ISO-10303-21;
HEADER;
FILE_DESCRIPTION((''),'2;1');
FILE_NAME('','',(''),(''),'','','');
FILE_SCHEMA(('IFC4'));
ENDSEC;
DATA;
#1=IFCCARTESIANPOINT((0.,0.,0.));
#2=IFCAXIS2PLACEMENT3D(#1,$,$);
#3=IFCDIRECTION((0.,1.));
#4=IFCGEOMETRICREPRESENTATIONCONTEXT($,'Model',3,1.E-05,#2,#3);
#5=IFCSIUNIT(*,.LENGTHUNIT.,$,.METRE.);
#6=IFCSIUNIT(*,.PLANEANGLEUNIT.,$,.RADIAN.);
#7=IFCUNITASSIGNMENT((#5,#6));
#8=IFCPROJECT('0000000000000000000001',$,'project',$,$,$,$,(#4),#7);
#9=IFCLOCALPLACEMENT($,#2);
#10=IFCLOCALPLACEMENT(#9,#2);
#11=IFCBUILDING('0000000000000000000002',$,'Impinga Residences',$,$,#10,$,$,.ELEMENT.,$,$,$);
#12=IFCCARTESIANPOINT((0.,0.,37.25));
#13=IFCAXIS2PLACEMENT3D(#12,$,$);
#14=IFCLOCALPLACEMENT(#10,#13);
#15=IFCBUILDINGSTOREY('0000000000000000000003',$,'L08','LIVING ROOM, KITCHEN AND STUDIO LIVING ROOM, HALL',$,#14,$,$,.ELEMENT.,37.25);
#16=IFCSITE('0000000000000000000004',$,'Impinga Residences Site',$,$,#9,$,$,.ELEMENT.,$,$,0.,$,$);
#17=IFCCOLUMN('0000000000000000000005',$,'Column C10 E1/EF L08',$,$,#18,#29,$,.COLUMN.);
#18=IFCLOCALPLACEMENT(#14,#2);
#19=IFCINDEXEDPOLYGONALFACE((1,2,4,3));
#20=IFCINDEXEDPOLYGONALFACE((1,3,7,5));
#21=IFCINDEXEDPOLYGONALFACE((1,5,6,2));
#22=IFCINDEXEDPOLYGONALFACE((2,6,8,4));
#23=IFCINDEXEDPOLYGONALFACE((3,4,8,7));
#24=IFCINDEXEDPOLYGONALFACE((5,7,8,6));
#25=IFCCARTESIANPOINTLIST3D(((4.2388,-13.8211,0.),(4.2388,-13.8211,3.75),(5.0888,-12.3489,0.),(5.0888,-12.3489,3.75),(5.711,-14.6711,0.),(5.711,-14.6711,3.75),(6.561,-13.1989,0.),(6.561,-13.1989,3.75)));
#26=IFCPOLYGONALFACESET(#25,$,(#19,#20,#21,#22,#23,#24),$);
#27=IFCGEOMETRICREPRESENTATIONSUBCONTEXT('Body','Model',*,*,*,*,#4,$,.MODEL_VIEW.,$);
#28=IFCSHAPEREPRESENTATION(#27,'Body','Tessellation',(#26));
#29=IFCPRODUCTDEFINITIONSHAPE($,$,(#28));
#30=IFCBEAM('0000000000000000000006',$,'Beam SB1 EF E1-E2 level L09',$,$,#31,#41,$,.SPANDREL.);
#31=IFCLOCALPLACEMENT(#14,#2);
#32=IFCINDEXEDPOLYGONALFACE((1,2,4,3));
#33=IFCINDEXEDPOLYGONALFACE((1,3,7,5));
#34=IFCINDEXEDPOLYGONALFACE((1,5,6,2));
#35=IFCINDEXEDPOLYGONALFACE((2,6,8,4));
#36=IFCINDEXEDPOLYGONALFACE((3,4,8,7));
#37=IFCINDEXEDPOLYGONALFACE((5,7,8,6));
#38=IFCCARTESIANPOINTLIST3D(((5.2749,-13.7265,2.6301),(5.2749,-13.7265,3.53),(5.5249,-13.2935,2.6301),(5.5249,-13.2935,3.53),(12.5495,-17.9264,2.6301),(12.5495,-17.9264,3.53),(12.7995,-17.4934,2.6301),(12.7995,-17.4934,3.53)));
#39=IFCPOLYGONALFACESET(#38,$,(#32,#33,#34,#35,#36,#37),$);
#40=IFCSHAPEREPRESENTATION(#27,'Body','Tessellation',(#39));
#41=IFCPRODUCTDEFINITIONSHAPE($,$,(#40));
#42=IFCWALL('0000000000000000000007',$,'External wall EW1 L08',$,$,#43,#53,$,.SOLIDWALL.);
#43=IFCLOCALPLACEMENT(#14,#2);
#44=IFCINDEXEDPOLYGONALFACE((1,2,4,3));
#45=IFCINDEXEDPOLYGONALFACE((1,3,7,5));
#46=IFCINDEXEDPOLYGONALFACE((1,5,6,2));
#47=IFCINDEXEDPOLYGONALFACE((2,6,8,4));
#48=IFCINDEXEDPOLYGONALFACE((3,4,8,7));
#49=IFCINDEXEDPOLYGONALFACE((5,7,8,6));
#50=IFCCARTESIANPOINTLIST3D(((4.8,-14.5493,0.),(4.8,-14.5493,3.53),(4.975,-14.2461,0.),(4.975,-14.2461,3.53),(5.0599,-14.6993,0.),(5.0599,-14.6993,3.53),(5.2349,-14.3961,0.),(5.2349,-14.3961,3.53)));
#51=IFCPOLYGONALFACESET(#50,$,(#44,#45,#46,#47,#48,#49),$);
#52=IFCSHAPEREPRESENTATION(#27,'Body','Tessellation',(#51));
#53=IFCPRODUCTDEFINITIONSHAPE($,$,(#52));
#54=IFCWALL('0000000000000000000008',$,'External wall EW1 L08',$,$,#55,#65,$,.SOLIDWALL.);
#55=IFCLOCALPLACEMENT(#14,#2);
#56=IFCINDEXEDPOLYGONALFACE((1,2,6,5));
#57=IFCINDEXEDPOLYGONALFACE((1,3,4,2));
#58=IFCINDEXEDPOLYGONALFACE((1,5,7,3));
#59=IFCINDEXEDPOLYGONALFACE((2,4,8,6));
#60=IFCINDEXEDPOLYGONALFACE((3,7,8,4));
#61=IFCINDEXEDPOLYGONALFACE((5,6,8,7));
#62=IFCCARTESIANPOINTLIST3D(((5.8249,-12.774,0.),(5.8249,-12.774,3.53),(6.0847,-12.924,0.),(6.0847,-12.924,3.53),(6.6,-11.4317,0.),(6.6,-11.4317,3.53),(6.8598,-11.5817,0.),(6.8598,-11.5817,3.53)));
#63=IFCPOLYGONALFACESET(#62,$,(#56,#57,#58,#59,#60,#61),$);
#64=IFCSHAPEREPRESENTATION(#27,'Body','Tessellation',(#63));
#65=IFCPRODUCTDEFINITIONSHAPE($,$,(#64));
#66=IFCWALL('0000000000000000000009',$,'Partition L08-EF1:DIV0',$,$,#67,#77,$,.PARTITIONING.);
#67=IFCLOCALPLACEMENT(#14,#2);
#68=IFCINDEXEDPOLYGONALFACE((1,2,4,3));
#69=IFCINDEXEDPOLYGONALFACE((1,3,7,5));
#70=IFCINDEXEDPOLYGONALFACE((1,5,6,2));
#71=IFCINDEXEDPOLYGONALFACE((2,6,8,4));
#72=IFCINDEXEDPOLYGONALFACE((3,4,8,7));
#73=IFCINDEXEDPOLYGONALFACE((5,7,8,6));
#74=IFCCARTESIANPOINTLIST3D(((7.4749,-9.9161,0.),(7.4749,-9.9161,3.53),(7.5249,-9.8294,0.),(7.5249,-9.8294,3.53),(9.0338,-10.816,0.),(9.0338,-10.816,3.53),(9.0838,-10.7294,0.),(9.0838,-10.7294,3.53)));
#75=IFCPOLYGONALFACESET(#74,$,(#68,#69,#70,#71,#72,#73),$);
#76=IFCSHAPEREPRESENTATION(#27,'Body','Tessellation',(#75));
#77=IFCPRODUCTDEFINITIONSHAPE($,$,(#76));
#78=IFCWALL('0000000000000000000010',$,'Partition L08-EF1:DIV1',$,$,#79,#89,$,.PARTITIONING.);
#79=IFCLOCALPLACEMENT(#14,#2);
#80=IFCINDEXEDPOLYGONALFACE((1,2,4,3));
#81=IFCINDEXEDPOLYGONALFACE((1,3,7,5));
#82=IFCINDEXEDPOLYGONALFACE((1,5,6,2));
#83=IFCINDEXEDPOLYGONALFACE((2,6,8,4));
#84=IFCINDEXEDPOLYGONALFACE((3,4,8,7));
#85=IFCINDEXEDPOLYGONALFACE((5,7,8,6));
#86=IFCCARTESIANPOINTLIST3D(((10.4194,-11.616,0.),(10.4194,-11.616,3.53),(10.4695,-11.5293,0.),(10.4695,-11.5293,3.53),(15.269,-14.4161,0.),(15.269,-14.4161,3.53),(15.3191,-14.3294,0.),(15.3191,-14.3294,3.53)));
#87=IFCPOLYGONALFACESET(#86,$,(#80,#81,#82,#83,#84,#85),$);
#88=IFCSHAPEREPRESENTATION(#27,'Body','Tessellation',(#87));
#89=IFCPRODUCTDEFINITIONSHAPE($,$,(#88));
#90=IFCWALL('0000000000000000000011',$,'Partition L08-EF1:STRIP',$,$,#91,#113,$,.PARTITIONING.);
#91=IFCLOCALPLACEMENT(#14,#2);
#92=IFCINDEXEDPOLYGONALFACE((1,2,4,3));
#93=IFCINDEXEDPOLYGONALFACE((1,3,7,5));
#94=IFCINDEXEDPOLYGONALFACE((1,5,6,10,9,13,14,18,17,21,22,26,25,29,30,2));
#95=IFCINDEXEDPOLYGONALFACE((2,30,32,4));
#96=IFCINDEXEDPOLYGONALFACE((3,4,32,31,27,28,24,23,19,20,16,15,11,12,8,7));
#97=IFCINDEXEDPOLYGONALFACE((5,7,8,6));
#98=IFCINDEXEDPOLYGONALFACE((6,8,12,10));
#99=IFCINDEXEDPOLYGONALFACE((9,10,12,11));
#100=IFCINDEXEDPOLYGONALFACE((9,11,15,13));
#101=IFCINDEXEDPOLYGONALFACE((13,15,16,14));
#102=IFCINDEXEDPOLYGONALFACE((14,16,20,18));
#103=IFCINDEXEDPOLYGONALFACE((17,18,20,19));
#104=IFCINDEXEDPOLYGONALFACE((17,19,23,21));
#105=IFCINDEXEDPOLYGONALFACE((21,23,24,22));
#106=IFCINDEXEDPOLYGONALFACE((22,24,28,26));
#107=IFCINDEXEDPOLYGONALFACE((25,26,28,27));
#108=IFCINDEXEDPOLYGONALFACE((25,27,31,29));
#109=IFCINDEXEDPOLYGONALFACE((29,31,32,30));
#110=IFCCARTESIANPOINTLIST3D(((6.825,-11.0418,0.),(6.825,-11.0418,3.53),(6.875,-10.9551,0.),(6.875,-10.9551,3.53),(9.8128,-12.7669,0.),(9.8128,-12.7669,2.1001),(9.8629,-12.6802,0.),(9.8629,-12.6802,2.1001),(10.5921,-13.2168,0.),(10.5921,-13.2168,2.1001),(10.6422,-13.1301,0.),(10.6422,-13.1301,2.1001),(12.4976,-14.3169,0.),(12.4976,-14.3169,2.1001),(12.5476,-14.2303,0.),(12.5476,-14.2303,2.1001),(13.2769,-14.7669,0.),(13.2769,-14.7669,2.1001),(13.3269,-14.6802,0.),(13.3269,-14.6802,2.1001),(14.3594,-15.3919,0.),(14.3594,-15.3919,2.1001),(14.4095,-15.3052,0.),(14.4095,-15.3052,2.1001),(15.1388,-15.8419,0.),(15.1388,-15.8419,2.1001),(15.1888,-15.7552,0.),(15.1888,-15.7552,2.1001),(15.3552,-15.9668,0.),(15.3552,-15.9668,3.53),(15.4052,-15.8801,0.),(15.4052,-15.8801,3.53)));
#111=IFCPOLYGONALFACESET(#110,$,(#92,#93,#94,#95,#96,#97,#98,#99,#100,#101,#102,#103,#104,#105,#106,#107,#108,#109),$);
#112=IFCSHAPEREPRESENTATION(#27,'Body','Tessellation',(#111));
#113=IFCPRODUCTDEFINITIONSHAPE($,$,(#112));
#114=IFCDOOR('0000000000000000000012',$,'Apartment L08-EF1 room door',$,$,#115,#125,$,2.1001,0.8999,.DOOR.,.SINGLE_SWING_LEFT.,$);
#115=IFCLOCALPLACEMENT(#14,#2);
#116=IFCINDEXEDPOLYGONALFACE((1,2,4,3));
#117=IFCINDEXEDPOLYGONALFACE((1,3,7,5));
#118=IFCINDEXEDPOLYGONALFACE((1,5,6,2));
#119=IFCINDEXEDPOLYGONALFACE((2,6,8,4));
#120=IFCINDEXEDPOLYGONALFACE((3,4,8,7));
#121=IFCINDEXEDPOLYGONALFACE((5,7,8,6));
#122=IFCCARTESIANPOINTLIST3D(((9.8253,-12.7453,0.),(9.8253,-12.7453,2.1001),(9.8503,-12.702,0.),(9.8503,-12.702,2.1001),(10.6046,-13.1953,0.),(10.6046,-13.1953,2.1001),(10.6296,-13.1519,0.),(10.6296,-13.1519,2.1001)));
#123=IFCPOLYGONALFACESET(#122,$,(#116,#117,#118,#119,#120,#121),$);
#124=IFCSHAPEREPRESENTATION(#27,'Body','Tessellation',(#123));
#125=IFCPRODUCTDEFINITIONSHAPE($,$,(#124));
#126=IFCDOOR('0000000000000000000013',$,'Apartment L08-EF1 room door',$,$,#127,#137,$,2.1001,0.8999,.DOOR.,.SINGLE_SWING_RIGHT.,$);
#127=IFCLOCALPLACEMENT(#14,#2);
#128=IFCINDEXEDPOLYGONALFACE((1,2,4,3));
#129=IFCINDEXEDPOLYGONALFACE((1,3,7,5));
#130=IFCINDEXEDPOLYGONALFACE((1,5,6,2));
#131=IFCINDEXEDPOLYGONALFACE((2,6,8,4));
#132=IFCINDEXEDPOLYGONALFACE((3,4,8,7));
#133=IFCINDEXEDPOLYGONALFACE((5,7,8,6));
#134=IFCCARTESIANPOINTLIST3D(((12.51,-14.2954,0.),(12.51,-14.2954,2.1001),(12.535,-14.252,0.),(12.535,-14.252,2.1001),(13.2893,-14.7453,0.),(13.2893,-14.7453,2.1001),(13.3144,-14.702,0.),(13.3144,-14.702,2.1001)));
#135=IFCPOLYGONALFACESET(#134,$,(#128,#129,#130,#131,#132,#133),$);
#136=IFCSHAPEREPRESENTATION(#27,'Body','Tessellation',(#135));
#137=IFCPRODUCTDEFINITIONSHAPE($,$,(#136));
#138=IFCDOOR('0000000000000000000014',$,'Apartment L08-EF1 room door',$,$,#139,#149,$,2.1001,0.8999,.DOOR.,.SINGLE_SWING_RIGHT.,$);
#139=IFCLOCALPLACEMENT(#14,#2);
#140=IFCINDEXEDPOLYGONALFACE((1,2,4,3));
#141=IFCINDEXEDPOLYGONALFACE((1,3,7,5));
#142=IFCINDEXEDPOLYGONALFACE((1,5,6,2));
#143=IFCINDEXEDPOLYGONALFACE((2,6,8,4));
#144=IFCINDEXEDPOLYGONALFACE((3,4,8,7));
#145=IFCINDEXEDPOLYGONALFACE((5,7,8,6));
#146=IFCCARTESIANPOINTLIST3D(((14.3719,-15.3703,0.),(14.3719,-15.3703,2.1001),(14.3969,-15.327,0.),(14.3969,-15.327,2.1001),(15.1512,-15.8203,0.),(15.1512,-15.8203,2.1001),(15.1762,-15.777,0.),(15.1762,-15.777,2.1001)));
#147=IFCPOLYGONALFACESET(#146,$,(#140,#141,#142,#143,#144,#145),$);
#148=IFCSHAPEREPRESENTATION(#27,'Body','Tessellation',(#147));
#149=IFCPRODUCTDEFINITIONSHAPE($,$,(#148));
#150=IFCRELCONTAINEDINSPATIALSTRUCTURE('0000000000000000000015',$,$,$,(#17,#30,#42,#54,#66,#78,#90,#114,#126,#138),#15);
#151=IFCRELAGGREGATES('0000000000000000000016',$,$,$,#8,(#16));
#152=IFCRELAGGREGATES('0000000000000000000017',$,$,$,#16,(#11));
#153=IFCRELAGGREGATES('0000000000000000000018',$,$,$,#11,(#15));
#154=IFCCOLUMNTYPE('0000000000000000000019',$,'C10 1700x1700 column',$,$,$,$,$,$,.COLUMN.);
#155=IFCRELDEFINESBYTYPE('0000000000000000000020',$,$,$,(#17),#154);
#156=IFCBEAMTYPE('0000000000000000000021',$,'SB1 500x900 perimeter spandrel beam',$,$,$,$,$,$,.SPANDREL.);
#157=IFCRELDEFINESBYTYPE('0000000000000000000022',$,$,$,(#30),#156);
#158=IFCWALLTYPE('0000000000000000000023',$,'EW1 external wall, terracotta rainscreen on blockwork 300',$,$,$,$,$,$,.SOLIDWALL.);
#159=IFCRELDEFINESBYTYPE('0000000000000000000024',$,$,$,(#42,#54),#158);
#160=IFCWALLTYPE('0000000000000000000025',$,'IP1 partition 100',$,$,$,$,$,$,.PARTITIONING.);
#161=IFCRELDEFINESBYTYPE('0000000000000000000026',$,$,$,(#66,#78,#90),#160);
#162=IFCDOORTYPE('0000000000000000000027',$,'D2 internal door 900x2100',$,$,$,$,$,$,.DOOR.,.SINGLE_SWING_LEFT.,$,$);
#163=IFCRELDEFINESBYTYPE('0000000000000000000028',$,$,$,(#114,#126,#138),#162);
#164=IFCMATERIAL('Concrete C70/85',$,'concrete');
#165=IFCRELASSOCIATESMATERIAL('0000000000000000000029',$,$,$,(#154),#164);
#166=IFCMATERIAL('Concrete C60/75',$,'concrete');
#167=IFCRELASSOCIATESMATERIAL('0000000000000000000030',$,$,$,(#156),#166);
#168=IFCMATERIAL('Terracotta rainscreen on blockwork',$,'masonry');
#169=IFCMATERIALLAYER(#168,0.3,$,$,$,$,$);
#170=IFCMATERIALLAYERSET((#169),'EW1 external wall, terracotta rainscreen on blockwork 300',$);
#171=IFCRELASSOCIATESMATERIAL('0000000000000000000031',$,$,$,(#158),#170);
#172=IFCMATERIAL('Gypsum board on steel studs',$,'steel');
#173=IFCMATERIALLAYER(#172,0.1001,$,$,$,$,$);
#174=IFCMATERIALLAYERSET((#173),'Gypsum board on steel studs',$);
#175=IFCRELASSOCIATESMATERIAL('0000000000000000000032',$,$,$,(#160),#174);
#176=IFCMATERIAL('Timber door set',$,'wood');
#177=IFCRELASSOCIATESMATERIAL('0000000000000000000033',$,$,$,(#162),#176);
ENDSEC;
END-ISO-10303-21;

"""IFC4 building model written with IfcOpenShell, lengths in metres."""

from ifc_helpers import new_model, si_unit, direction, frame, frame_2d, origin, origin_2d, place, context, subcontext, project, spatial, rectangle, extrude, material, layer, layer_set, material_profile, profile_set, type_object, element, fill, save


model = new_model("IFC4")

# Units and contexts
model_context = context("Model", 3, precision=1e-05, world=origin(), true_north=direction((0.0, 1.0)))
body_context = subcontext(model_context, "Body", "Model", "MODEL_VIEW")
ifc_project = project(units=[si_unit("LENGTHUNIT", "METRE"), si_unit("PLANEANGLEUNIT", "RADIAN")], contexts=[model_context])

# Site, building, storey
site_placement = place(None, origin())
site = spatial("IfcSite", under=ifc_project, at=site_placement, Name="Impinga Residences Site", CompositionType="ELEMENT", RefElevation=0.0)
building_placement = place(site_placement, origin())
building = spatial("IfcBuilding", under=site, at=building_placement, Name="Impinga Residences", CompositionType="ELEMENT")
storey_placement = place(building_placement, frame((0.0, 0.0, 37.25)))
storey = spatial("IfcBuildingStorey", under=building, at=storey_placement, Name="L08", Description="LIVING ROOM, KITCHEN AND STUDIO LIVING ROOM, HALL", CompositionType="ELEMENT", Elevation=37.25)

# Column
ifc_material_1 = material(Name="Concrete C70/85", Category="concrete")
ifc_material_profile_1 = material_profile(ifc_material_1, rectangle(XDim=1.7, YDim=1.7, at=origin_2d()), Name="RC 1700x1700")
ifc_profile_set_1 = profile_set([ifc_material_profile_1], Name="Concrete C70/85")
column_type = type_object("IfcColumnType", Name="C10 1700x1700 column", PredefinedType="COLUMN", material=ifc_profile_set_1)
column_placement = place(storey_placement, frame((5.3999, -13.51, 0.0), z_axis=(0.0, 0.0, 1.0), x_axis=(-0.5, -0.866025, 0.0)))
element("IfcColumn", 1, at=column_placement, inside=storey, type_object=column_type, Name="Column C10 E1/EF L08", PredefinedType="COLUMN", context=body_context, shape_type="SweptSolid", body=[
    extrude(rectangle(XDim=1.7, YDim=1.7, at=origin_2d()), origin(), (0.0, 0.0, 1.0), 3.75),
])

# Beam
ifc_material_2 = material(Name="Concrete C60/75", Category="concrete")
ifc_material_profile_2 = material_profile(ifc_material_2, rectangle(XDim=0.5, YDim=0.8999, at=origin_2d()), Name="RC 500x900")
ifc_profile_set_2 = profile_set([ifc_material_profile_2], Name="Concrete C60/75")
beam_type = type_object("IfcBeamType", Name="SB1 500x900 perimeter spandrel beam", PredefinedType="SPANDREL", material=ifc_profile_set_2)
beam_placement = place(storey_placement, frame((5.3999, -13.51, 3.0801), z_axis=(0.866029, -0.499993, 0.0), x_axis=(0.499993, 0.866029, 0.0)))
element("IfcBeam", 2, at=beam_placement, inside=storey, type_object=beam_type, Name="Beam SB1 EF E1-E2 level L09", PredefinedType="SPANDREL", context=body_context, shape_type="SweptSolid", body=[
    extrude(rectangle(XDim=0.5, YDim=0.8999, at=origin_2d()), origin(), (0.0, 0.0, 1.0), 8.3999),
])

# Walls
ifc_material_3 = material(Name="Terracotta rainscreen on blockwork", Category="masonry")
ifc_layer_1 = layer(ifc_material_3, 0.3)
ifc_layer_set_1 = layer_set([ifc_layer_1], Name="EW1 external wall, terracotta rainscreen on blockwork 300")
wall_type_1 = type_object("IfcWallType", Name="EW1 external wall, terracotta rainscreen on blockwork 300", PredefinedType="SOLIDWALL", material=ifc_layer_set_1)
wall_1_placement = place(storey_placement, frame((4.9299, -14.6243, 0.0), z_axis=(0.0, 0.0, 1.0), x_axis=(0.499964, 0.866046, 0.0)))
element("IfcWall", 3, at=wall_1_placement, inside=storey, type_object=wall_type_1, Name="External wall EW1 L08", PredefinedType="SOLIDWALL", context=body_context, shape_type="SweptSolid", body=[
    extrude(rectangle(XDim=0.3501, YDim=0.3, at=frame_2d((0.175, 0.0))), origin(), (0.0, 0.0, 1.0), 3.53),
])
wall_2_placement = place(storey_placement, frame((5.9548, -12.8489, 0.0), z_axis=(0.0, 0.0, 1.0), x_axis=(0.500086, 0.865976, 0.0)))
element("IfcWall", 4, at=wall_2_placement, inside=storey, type_object=wall_type_1, Name="External wall EW1 L08", PredefinedType="SOLIDWALL", context=body_context, shape_type="SweptSolid", body=[
    extrude(rectangle(XDim=1.55, YDim=0.3, at=frame_2d((0.7749, 0.0))), origin(), (0.0, 0.0, 1.0), 3.53),
])
ifc_material_4 = material(Name="Gypsum board on steel studs", Category="steel")
ifc_layer_2 = layer(ifc_material_4, 0.1001)
ifc_layer_set_2 = layer_set([ifc_layer_2], Name="Gypsum board on steel studs")
wall_type_2 = type_object("IfcWallType", Name="IP1 partition 100", PredefinedType="PARTITIONING", material=ifc_layer_set_2)
wall_3_placement = place(storey_placement, frame((7.5, -9.8728, 0.0), z_axis=(0.0, 0.0, 1.0), x_axis=(0.866048, -0.499961, 0.0)))
element("IfcWall", 5, at=wall_3_placement, inside=storey, type_object=wall_type_2, Name="Partition L08-EF1:DIV0", PredefinedType="PARTITIONING", context=body_context, shape_type="SweptSolid", body=[
    extrude(rectangle(XDim=1.8, YDim=0.1001, at=frame_2d((0.8999, 0.0))), origin(), (0.0, 0.0, 1.0), 3.53),
])
wall_4_placement = place(storey_placement, frame((10.4446, -11.5728, 0.0), z_axis=(0.0, 0.0, 1.0), x_axis=(0.866016, -0.500017, 0.0)))
element("IfcWall", 6, at=wall_4_placement, inside=storey, type_object=wall_type_2, Name="Partition L08-EF1:DIV1", PredefinedType="PARTITIONING", context=body_context, shape_type="SweptSolid", body=[
    extrude(rectangle(XDim=5.5999, YDim=0.1001, at=frame_2d((2.7998, 0.0))), origin(), (0.0, 0.0, 1.0), 3.53),
])

# Wall, openings, doors
wall_5_placement = place(storey_placement, frame((6.8501, -10.9985, 0.0), z_axis=(0.0, 0.0, 1.0), x_axis=(0.866021, -0.500007, 0.0)))
wall_5 = element("IfcWall", 7, at=wall_5_placement, inside=storey, type_object=wall_type_2, Name="Partition L08-EF1:STRIP", PredefinedType="PARTITIONING", context=body_context, shape_type="SweptSolid", body=[
    extrude(rectangle(XDim=9.8499, YDim=0.1001, at=frame_2d((4.9248, 0.0))), origin(), (0.0, 0.0, 1.0), 3.53),
])
opening_1_placement = place(wall_5_placement, frame((3.45, 0.0, 0.0)))
opening_1 = element("IfcOpeningElement", 8, at=opening_1_placement, cuts=wall_5, PredefinedType="OPENING", context=body_context, shape_type="SweptSolid", body=[
    extrude(rectangle(XDim=0.8999, YDim=2.1001, at=frame_2d((0.45, 1.05))), frame((0.0, 0.0601, 0.0), z_axis=(0.0, -1.0, 0.0), x_axis=(1.0, 0.0, 0.0)), (0.0, 0.0, 1.0), 0.1201),
])
opening_2_placement = place(wall_5_placement, frame((6.55, 0.0, 0.0)))
opening_2 = element("IfcOpeningElement", 9, at=opening_2_placement, cuts=wall_5, PredefinedType="OPENING", context=body_context, shape_type="SweptSolid", body=[
    extrude(rectangle(XDim=0.8999, YDim=2.1001, at=frame_2d((0.45, 1.05))), frame((0.0, 0.0601, 0.0), z_axis=(0.0, -1.0, 0.0), x_axis=(1.0, 0.0, 0.0)), (0.0, 0.0, 1.0), 0.1201),
])
opening_3_placement = place(wall_5_placement, frame((8.7, 0.0, 0.0)))
opening_3 = element("IfcOpeningElement", 10, at=opening_3_placement, cuts=wall_5, PredefinedType="OPENING", context=body_context, shape_type="SweptSolid", body=[
    extrude(rectangle(XDim=0.8999, YDim=2.1001, at=frame_2d((0.45, 1.05))), frame((0.0, 0.0601, 0.0), z_axis=(0.0, -1.0, 0.0), x_axis=(1.0, 0.0, 0.0)), (0.0, 0.0, 1.0), 0.1201),
])
ifc_material_5 = material(Name="Timber door set", Category="wood")
door_type_1 = type_object("IfcDoorType", Name="D2 internal door 900x2100", OperationType="SINGLE_SWING_LEFT", PredefinedType="DOOR", material=ifc_material_5)
door_1_placement = place(opening_1_placement, origin())
door_1 = element("IfcDoor", 11, at=door_1_placement, inside=storey, type_object=door_type_1, Name="Apartment L08-EF1 room door", OperationType="SINGLE_SWING_LEFT", OverallHeight=2.1001, OverallWidth=0.8999, PredefinedType="DOOR", context=body_context, shape_type="SweptSolid", body=[
    extrude(rectangle(XDim=0.8999, YDim=2.1001, at=frame_2d((0.45, 1.05))), frame((0.0, 0.0249, 0.0), z_axis=(0.0, -1.0, 0.0), x_axis=(1.0, 0.0, 0.0)), (0.0, 0.0, 1.0), 0.05),
])
fill(opening_1, door_1)
door_2_placement = place(opening_2_placement, origin())
door_2 = element("IfcDoor", 12, at=door_2_placement, inside=storey, type_object=door_type_1, Name="Apartment L08-EF1 room door", OperationType="SINGLE_SWING_RIGHT", OverallHeight=2.1001, OverallWidth=0.8999, PredefinedType="DOOR", context=body_context, shape_type="SweptSolid", body=[
    extrude(rectangle(XDim=0.8999, YDim=2.1001, at=frame_2d((0.45, 1.05))), frame((0.0, 0.0249, 0.0), z_axis=(0.0, -1.0, 0.0), x_axis=(1.0, 0.0, 0.0)), (0.0, 0.0, 1.0), 0.05),
])
fill(opening_2, door_2)
door_3_placement = place(opening_3_placement, origin())
door_3 = element("IfcDoor", 13, at=door_3_placement, inside=storey, type_object=door_type_1, Name="Apartment L08-EF1 room door", OperationType="SINGLE_SWING_RIGHT", OverallHeight=2.1001, OverallWidth=0.8999, PredefinedType="DOOR", context=body_context, shape_type="SweptSolid", body=[
    extrude(rectangle(XDim=0.8999, YDim=2.1001, at=frame_2d((0.45, 1.05))), frame((0.0, 0.0249, 0.0), z_axis=(0.0, -1.0, 0.0), x_axis=(1.0, 0.0, 0.0)), (0.0, 0.0, 1.0), 0.05),
])
fill(opening_3, door_3)

save(model, "model.ifc")
